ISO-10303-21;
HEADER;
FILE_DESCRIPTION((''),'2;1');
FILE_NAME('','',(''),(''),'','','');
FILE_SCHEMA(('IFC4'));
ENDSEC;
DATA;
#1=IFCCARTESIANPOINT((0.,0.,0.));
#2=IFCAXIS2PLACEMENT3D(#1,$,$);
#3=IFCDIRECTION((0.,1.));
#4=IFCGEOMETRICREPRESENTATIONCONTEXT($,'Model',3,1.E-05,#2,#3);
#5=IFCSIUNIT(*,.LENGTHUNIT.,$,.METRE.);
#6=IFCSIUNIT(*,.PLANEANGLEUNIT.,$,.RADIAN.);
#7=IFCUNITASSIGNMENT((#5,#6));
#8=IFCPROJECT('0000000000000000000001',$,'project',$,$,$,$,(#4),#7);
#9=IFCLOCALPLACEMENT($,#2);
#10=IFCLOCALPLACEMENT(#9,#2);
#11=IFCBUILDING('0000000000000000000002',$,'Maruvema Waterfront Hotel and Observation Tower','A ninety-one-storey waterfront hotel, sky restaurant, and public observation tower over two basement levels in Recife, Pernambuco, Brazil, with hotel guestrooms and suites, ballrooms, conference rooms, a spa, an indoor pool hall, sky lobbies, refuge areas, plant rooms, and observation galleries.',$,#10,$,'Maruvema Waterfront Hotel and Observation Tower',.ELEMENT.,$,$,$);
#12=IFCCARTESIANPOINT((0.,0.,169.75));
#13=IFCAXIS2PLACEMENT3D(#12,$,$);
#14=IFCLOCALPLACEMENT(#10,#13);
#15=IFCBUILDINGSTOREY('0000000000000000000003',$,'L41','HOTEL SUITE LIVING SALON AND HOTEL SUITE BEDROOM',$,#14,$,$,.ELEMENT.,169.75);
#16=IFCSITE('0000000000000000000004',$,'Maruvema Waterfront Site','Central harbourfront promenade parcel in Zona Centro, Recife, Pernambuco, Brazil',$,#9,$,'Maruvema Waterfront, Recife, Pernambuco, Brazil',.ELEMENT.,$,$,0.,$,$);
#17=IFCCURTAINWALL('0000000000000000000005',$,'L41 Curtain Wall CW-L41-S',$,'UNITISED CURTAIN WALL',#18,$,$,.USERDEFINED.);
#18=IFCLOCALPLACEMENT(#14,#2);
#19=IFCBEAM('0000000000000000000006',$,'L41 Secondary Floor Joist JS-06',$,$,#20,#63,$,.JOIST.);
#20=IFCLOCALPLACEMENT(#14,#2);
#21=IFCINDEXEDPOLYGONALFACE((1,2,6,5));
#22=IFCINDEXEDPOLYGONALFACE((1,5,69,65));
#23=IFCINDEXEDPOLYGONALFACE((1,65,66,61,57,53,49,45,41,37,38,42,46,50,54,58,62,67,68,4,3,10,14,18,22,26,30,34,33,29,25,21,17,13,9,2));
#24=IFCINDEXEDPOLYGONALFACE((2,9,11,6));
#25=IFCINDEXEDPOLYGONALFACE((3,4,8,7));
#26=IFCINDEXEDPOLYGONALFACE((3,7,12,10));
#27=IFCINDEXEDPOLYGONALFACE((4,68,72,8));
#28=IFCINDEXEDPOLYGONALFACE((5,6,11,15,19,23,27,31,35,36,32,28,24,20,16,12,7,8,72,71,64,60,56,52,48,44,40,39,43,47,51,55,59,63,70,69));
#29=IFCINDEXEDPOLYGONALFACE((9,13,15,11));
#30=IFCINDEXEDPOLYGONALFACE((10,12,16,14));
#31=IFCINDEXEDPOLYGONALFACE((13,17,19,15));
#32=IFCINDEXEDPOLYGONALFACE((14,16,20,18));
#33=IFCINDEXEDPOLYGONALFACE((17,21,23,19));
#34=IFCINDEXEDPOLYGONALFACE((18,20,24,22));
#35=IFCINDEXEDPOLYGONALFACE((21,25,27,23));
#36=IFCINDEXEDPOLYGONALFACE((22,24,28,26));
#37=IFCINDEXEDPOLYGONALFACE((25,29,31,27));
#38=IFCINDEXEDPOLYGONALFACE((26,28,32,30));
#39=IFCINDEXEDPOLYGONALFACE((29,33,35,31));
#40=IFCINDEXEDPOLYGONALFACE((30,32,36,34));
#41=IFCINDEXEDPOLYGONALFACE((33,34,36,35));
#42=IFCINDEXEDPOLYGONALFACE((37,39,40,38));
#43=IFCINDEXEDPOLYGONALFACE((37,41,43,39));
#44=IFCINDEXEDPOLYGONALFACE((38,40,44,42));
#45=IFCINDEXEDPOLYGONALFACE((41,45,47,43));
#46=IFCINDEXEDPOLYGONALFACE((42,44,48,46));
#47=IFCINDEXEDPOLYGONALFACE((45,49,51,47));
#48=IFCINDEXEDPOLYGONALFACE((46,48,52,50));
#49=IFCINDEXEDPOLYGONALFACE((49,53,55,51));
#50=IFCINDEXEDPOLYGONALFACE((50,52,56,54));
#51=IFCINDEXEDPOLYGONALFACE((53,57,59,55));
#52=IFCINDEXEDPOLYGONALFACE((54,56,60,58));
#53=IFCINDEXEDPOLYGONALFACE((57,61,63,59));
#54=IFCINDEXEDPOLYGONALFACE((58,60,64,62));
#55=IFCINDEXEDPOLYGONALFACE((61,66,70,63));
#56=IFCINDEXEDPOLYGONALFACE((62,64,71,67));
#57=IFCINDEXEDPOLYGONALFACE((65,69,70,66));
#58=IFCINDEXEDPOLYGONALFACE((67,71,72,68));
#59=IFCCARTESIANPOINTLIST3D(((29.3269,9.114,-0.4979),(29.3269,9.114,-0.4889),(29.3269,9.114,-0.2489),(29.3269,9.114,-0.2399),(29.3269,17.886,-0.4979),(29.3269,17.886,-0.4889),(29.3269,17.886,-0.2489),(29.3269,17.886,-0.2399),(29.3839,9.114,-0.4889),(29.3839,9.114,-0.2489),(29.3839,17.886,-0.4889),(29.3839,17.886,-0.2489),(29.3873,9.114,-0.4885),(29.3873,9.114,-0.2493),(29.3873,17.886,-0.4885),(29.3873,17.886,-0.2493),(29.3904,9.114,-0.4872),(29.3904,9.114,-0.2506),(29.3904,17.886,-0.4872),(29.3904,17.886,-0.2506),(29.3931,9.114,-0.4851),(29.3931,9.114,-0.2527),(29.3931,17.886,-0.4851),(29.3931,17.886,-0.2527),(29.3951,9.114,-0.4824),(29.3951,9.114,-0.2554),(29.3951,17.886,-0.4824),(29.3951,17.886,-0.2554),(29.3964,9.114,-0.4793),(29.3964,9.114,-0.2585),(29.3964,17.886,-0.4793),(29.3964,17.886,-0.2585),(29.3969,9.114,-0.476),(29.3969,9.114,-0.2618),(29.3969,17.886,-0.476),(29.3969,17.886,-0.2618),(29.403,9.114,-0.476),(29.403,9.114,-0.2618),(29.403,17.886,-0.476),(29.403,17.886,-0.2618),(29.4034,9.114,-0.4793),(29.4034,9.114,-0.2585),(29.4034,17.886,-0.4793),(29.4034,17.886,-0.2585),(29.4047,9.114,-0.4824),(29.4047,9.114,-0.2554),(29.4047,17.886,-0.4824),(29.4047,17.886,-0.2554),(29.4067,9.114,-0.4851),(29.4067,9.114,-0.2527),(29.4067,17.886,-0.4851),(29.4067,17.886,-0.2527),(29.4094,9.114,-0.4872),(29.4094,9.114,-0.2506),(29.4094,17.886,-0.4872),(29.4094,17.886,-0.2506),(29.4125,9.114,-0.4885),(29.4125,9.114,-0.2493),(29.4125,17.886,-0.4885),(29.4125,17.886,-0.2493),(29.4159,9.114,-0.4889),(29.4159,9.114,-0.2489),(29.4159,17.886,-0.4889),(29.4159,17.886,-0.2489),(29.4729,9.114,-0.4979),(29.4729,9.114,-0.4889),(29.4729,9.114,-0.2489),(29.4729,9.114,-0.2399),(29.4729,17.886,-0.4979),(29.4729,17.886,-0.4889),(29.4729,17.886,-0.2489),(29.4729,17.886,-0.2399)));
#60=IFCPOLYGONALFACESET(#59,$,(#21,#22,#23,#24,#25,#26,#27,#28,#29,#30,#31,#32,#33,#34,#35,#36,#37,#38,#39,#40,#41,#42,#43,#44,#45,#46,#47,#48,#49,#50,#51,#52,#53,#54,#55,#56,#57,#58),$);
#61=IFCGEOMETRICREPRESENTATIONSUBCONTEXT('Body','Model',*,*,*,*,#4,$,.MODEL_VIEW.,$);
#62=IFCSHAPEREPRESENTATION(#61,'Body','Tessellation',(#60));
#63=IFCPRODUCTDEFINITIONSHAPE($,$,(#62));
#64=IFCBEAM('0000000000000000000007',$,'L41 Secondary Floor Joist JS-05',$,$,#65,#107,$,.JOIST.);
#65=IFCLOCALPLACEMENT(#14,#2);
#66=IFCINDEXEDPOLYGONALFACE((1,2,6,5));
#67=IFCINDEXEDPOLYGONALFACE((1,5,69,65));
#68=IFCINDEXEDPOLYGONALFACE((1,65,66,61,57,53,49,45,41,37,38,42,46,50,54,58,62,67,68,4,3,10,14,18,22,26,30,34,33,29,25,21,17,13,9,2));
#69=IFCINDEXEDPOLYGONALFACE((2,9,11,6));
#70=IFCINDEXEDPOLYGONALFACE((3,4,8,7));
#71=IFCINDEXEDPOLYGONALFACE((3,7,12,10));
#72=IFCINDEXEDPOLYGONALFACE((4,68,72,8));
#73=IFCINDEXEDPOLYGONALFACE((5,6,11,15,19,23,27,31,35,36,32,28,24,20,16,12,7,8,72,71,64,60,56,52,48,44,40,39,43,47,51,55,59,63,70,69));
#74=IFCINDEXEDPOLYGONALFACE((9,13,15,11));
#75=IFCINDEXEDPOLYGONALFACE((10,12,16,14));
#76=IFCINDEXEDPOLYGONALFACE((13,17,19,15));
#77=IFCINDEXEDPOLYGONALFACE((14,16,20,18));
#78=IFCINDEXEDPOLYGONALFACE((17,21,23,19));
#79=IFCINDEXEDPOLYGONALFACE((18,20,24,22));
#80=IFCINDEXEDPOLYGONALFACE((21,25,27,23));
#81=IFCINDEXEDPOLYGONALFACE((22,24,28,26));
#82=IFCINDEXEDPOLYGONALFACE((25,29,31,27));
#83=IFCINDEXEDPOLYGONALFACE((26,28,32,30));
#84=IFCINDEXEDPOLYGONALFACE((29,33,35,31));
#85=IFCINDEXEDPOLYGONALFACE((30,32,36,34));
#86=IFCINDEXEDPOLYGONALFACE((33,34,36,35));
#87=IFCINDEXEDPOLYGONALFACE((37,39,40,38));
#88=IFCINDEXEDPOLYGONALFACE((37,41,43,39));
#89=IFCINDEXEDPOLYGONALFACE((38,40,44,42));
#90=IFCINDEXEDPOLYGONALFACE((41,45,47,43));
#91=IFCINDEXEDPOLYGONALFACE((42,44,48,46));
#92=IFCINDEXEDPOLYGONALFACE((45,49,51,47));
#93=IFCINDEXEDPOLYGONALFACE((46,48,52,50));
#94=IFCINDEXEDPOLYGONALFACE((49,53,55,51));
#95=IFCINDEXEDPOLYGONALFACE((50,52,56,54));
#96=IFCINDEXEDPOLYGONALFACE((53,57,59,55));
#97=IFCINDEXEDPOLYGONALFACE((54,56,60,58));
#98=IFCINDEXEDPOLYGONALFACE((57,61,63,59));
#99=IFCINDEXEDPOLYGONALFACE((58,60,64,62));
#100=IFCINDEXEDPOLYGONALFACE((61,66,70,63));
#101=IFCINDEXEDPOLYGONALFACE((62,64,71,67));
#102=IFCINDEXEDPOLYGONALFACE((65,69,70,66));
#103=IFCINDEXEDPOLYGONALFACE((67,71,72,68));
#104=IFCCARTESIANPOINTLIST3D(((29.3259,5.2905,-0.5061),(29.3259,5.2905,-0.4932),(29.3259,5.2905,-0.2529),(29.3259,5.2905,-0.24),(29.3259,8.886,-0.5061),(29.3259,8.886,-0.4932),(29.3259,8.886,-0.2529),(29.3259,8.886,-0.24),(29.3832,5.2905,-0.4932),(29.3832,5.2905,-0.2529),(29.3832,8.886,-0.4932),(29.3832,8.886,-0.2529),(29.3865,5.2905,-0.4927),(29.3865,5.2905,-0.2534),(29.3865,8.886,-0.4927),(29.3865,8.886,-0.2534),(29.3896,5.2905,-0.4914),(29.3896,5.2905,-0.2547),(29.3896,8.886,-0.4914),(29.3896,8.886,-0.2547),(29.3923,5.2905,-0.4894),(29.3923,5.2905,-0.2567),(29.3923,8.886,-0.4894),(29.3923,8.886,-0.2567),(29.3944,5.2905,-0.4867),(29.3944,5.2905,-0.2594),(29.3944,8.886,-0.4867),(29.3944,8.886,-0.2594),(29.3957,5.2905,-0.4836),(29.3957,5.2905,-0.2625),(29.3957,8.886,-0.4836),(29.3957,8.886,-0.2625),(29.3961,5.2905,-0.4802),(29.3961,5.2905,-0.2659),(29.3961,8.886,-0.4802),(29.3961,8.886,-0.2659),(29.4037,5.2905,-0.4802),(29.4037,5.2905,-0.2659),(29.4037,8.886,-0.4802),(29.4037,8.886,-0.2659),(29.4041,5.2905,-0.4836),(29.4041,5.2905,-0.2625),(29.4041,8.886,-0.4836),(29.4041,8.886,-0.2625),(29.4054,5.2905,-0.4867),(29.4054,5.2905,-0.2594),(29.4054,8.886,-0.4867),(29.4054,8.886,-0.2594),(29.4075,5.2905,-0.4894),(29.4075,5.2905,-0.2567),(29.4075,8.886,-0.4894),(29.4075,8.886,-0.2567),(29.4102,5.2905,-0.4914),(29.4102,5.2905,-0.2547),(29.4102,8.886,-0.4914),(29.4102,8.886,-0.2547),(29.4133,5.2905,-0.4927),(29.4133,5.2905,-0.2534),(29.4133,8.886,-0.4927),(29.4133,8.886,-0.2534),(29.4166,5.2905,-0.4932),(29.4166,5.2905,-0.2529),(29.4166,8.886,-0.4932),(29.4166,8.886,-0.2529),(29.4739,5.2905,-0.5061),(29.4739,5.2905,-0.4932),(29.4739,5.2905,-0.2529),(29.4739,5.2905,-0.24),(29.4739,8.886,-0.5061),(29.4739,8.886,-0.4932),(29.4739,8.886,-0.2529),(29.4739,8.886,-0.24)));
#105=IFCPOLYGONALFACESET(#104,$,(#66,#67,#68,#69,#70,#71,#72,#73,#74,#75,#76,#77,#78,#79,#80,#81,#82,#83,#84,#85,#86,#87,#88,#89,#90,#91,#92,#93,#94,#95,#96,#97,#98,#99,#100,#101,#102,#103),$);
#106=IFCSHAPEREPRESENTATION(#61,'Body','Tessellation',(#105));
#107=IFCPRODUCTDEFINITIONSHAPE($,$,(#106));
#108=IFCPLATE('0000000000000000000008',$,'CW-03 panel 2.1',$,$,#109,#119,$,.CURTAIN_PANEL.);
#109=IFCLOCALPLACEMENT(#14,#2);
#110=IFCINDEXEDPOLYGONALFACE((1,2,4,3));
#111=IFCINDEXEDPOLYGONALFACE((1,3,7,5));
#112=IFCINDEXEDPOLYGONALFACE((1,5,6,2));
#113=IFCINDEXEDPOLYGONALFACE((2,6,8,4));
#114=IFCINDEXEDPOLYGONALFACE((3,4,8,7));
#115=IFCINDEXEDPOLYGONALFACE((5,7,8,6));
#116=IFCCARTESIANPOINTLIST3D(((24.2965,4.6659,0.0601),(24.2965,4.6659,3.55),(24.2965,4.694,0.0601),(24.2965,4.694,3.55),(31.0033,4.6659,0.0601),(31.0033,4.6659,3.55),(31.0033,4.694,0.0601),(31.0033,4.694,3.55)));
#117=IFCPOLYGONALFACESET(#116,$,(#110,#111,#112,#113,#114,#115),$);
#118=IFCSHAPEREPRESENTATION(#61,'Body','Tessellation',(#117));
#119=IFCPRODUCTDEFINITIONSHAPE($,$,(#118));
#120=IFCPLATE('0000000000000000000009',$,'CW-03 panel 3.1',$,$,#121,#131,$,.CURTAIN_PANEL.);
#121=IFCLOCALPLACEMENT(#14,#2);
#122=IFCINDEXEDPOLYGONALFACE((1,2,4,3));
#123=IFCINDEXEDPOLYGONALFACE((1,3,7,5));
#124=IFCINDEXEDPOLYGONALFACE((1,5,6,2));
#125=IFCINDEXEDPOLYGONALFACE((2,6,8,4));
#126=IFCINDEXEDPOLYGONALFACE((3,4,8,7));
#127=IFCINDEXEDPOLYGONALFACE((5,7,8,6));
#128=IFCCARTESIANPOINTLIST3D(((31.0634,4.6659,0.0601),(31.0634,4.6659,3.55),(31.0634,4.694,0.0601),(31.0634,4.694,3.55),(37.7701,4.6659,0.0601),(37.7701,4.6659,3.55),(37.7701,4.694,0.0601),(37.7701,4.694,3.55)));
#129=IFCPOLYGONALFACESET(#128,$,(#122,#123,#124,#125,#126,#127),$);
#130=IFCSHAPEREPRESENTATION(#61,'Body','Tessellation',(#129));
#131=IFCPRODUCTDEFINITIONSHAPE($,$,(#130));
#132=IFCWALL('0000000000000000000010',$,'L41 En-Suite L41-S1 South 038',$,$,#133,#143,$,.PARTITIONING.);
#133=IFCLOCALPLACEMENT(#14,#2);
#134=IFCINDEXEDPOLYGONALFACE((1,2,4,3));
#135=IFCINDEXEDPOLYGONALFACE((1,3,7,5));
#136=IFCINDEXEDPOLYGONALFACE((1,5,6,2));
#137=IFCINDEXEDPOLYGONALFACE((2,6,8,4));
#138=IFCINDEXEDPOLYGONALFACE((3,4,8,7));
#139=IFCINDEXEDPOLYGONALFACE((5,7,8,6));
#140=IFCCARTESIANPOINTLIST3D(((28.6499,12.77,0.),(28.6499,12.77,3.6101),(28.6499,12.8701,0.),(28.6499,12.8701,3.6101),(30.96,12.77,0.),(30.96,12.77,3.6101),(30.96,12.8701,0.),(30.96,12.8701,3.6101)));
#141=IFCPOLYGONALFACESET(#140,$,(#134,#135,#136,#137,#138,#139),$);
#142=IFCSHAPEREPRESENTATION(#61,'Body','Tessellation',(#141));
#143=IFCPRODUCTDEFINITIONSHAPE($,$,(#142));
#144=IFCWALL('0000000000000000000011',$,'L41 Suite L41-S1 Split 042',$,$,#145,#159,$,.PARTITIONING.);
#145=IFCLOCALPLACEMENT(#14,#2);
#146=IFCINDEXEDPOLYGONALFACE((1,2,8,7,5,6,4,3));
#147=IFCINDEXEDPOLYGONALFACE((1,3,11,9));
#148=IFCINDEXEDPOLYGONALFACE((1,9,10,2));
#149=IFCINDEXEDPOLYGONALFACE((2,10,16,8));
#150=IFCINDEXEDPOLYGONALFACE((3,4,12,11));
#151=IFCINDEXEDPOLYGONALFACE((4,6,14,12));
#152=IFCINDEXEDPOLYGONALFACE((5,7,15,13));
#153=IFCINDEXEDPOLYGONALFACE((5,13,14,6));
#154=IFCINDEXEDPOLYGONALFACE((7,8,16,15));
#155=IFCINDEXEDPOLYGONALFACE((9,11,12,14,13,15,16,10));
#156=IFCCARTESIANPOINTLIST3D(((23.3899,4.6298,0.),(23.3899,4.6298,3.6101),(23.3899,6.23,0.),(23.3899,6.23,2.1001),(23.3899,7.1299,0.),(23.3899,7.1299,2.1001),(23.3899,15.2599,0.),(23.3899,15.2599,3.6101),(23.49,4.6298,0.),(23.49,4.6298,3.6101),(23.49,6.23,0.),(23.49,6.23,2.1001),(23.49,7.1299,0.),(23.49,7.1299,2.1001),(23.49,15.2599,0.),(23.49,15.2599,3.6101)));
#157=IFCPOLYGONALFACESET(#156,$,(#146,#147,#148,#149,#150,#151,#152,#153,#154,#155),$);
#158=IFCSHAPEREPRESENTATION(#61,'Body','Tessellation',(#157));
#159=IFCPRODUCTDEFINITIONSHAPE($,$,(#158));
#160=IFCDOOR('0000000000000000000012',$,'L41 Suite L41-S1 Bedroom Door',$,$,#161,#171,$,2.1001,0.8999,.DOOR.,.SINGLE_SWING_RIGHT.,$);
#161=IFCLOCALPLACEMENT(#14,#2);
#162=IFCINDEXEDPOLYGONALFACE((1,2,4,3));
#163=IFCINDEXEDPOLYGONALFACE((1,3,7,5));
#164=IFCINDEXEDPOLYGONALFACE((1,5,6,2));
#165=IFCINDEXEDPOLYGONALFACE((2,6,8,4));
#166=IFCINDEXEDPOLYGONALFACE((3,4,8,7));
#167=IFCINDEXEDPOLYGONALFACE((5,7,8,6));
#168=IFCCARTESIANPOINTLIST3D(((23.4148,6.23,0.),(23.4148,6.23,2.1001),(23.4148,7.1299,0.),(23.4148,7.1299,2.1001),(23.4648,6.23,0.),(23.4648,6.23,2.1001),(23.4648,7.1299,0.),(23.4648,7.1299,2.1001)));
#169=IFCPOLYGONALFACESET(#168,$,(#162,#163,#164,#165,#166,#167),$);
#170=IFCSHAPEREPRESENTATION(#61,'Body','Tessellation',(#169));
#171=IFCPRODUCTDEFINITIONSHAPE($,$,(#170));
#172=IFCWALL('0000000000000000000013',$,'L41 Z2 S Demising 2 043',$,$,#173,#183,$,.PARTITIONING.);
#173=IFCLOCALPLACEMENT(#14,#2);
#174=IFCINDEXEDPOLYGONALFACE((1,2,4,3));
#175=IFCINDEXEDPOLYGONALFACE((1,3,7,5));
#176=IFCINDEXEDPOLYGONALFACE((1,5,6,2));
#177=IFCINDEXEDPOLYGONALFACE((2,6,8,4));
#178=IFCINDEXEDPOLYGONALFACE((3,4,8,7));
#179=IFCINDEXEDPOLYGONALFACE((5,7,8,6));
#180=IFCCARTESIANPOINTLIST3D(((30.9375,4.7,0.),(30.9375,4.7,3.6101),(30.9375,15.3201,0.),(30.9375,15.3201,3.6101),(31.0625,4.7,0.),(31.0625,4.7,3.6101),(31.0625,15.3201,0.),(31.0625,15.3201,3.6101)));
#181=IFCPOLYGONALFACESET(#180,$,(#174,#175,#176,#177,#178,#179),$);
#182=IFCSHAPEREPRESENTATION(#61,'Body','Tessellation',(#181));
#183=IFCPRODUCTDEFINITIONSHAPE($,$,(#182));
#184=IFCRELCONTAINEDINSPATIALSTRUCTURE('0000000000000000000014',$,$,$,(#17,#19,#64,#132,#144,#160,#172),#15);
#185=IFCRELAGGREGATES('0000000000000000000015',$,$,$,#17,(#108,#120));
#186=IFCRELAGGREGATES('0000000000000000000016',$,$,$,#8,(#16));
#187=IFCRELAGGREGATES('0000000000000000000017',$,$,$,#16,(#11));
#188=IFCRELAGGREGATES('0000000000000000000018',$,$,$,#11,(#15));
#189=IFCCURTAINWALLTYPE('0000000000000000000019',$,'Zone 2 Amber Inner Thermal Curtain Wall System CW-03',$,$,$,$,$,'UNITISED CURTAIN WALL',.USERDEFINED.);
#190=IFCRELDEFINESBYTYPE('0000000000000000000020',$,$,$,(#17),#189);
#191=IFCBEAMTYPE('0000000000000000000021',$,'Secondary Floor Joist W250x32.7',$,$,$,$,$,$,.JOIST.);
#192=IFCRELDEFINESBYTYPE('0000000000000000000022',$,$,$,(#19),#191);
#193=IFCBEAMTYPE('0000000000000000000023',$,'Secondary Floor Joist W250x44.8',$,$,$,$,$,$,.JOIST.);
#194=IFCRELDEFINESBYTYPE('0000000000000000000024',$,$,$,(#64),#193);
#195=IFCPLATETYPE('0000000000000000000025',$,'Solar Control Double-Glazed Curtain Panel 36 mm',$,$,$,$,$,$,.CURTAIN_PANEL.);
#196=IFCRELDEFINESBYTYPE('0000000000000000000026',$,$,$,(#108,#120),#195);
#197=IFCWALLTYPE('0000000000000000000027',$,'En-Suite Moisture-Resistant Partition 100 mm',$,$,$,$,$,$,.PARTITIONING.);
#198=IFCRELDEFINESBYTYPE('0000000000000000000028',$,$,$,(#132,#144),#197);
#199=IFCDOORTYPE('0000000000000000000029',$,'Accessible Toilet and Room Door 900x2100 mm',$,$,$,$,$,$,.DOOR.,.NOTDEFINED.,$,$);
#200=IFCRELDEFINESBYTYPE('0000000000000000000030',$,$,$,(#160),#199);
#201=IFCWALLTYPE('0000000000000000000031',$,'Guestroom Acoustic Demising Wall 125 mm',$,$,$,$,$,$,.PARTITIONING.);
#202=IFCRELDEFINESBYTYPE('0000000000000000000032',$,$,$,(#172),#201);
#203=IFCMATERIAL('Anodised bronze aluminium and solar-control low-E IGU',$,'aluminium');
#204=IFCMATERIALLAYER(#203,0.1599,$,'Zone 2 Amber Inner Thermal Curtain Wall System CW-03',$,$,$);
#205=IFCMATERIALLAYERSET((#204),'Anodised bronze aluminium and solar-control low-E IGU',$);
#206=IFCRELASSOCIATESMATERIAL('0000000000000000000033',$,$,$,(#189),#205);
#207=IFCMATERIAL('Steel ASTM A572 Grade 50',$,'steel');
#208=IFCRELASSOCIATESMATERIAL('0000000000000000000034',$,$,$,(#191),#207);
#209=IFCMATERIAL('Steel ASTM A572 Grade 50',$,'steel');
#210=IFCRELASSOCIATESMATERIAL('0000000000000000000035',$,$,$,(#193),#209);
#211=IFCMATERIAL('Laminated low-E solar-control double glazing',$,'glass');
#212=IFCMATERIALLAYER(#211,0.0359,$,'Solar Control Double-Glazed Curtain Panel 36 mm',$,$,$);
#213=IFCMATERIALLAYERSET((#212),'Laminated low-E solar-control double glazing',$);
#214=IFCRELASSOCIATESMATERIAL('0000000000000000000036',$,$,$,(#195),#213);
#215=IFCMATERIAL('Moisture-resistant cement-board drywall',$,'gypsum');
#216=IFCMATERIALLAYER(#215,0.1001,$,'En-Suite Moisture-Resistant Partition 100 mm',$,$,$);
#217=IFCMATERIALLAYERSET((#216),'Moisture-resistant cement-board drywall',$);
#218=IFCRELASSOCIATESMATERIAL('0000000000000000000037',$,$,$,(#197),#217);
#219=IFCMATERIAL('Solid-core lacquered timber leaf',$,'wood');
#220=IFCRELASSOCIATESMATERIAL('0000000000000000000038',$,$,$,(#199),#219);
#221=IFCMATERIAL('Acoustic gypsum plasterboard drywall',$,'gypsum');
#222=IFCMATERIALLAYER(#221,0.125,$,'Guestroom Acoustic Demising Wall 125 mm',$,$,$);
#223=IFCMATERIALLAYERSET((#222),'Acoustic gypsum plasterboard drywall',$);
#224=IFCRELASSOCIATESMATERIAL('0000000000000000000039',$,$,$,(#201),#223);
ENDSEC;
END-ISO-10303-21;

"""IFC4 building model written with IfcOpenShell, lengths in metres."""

from ifc_helpers import new_model, si_unit, direction, frame, frame_2d, origin, origin_2d, place, context, subcontext, project, spatial, rectangle, i_section, extrude, material, layer, layer_set, material_profile, profile_set, type_object, element, fill, aggregate, save


model = new_model("IFC4")

# Units and contexts
model_context = context("Model", 3, precision=1e-05, world=origin(), true_north=direction((0.0, 1.0)))
body_context = subcontext(model_context, "Body", "Model", "MODEL_VIEW")
ifc_project = project(units=[si_unit("LENGTHUNIT", "METRE"), si_unit("PLANEANGLEUNIT", "RADIAN")], contexts=[model_context])

# Site, building, storey
site_placement = place(None, origin())
site = spatial("IfcSite", under=ifc_project, at=site_placement, Name="Maruvema Waterfront Site", Description="Central harbourfront promenade parcel in Zona Centro, Recife, Pernambuco, Brazil", LongName="Maruvema Waterfront, Recife, Pernambuco, Brazil", CompositionType="ELEMENT", RefElevation=0.0)
building_placement = place(site_placement, origin())
building = spatial("IfcBuilding", under=site, at=building_placement, Name="Maruvema Waterfront Hotel and Observation Tower", Description="A ninety-one-storey waterfront hotel, sky restaurant, and public observation tower over two basement levels in Recife, Pernambuco, Brazil, with hotel guestrooms and suites, ballrooms, conference rooms, a spa, an indoor pool hall, sky lobbies, refuge areas, plant rooms, and observation galleries.", LongName="Maruvema Waterfront Hotel and Observation Tower", CompositionType="ELEMENT")
storey_placement = place(building_placement, frame((0.0, 0.0, 169.75)))
storey = spatial("IfcBuildingStorey", under=building, at=storey_placement, Name="L41", Description="HOTEL SUITE LIVING SALON AND HOTEL SUITE BEDROOM", CompositionType="ELEMENT", Elevation=169.75)

# Curtain wall
ifc_material_1 = material(Name="Anodised bronze aluminium and solar-control low-E IGU", Category="aluminium")
ifc_layer_1 = layer(ifc_material_1, 0.1599, Name="Zone 2 Amber Inner Thermal Curtain Wall System CW-03")
ifc_layer_set_1 = layer_set([ifc_layer_1], Name="Anodised bronze aluminium and solar-control low-E IGU")
curtain_wall_type = type_object("IfcCurtainWallType", Name="Zone 2 Amber Inner Thermal Curtain Wall System CW-03", ElementType="UNITISED CURTAIN WALL", PredefinedType="USERDEFINED", material=ifc_layer_set_1)
curtain_wall_placement = place(storey_placement, origin())
curtain_wall = element("IfcCurtainWall", 1, at=curtain_wall_placement, inside=storey, type_object=curtain_wall_type, Name="L41 Curtain Wall CW-L41-S", ObjectType="UNITISED CURTAIN WALL", PredefinedType="USERDEFINED")

# Beams
ifc_material_2 = material(Name="Steel ASTM A572 Grade 50", Category="steel")
ifc_material_profile_1 = material_profile(ifc_material_2, i_section(OverallWidth=0.146, OverallDepth=0.2581, WebThickness=0.0061, FlangeThickness=0.009, FilletRadius=0.0129, at=origin_2d()), Name="W250x32.7")
ifc_profile_set_1 = profile_set([ifc_material_profile_1], Name="Steel ASTM A572 Grade 50")
beam_type_1 = type_object("IfcBeamType", Name="Secondary Floor Joist W250x32.7", PredefinedType="JOIST", material=ifc_profile_set_1)
beam_1_placement = place(storey_placement, frame((29.3999, 9.114, -0.3689), z_axis=(0.0, 1.0, 0.0), x_axis=(-1.0, 0.0, 0.0)))
element("IfcBeam", 2, at=beam_1_placement, inside=storey, type_object=beam_type_1, Name="L41 Secondary Floor Joist JS-06", PredefinedType="JOIST", context=body_context, shape_type="SweptSolid", body=[
    extrude(i_section(OverallWidth=0.146, OverallDepth=0.2581, WebThickness=0.0061, FlangeThickness=0.009, FilletRadius=0.0129, at=origin_2d()), origin(), (0.0, 0.0, 1.0), 8.772),
])
ifc_material_3 = material(Name="Steel ASTM A572 Grade 50", Category="steel")
ifc_material_profile_2 = material_profile(ifc_material_3, i_section(OverallWidth=0.1479, OverallDepth=0.2661, WebThickness=0.0076, FlangeThickness=0.0129, FilletRadius=0.0129, at=origin_2d()), Name="W250x44.8")
ifc_profile_set_2 = profile_set([ifc_material_profile_2], Name="Steel ASTM A572 Grade 50")
beam_type_2 = type_object("IfcBeamType", Name="Secondary Floor Joist W250x44.8", PredefinedType="JOIST", material=ifc_profile_set_2)
beam_2_placement = place(storey_placement, frame((29.3999, 5.2905, -0.373), z_axis=(0.0, 1.0, 0.0), x_axis=(-1.0, 0.0, 0.0)))
element("IfcBeam", 3, at=beam_2_placement, inside=storey, type_object=beam_type_2, Name="L41 Secondary Floor Joist JS-05", PredefinedType="JOIST", context=body_context, shape_type="SweptSolid", body=[
    extrude(i_section(OverallWidth=0.1479, OverallDepth=0.2661, WebThickness=0.0076, FlangeThickness=0.0129, FilletRadius=0.0129, at=origin_2d()), origin(), (0.0, 0.0, 1.0), 3.5955),
])

# Plates
ifc_material_4 = material(Name="Laminated low-E solar-control double glazing", Category="glass")
ifc_layer_2 = layer(ifc_material_4, 0.0359, Name="Solar Control Double-Glazed Curtain Panel 36 mm")
ifc_layer_set_2 = layer_set([ifc_layer_2], Name="Laminated low-E solar-control double glazing")
plate_type = type_object("IfcPlateType", Name="Solar Control Double-Glazed Curtain Panel 36 mm", PredefinedType="CURTAIN_PANEL", material=ifc_layer_set_2)
plate_1_placement = place(storey_placement, frame((27.6499, 4.6799, 0.0601), z_axis=(0.0, 0.0, 1.0), x_axis=(1.0, 0.0, 0.0)))
plate_1 = element("IfcPlate", 4, at=plate_1_placement, type_object=plate_type, Name="CW-03 panel 2.1", PredefinedType="CURTAIN_PANEL", context=body_context, shape_type="SweptSolid", body=[
    extrude(rectangle(XDim=6.7068, YDim=0.0281, at=origin_2d()), origin(), (0.0, 0.0, 1.0), 3.49),
])
plate_2_placement = place(storey_placement, frame((34.4167, 4.6799, 0.0601), z_axis=(0.0, 0.0, 1.0), x_axis=(1.0, 0.0, 0.0)))
plate_2 = element("IfcPlate", 5, at=plate_2_placement, type_object=plate_type, Name="CW-03 panel 3.1", PredefinedType="CURTAIN_PANEL", context=body_context, shape_type="SweptSolid", body=[
    extrude(rectangle(XDim=6.7068, YDim=0.0281, at=origin_2d()), origin(), (0.0, 0.0, 1.0), 3.49),
])
aggregate(curtain_wall, [plate_1, plate_2])

# Wall
ifc_material_5 = material(Name="Moisture-resistant cement-board drywall", Category="gypsum")
ifc_layer_3 = layer(ifc_material_5, 0.1001, Name="En-Suite Moisture-Resistant Partition 100 mm")
ifc_layer_set_3 = layer_set([ifc_layer_3], Name="Moisture-resistant cement-board drywall")
wall_type_1 = type_object("IfcWallType", Name="En-Suite Moisture-Resistant Partition 100 mm", PredefinedType="PARTITIONING", material=ifc_layer_set_3)
wall_1_placement = place(storey_placement, frame((28.6499, 12.8201, 0.0), z_axis=(0.0, 0.0, 1.0), x_axis=(1.0, 0.0, 0.0)))
element("IfcWall", 6, at=wall_1_placement, inside=storey, type_object=wall_type_1, Name="L41 En-Suite L41-S1 South 038", PredefinedType="PARTITIONING", context=body_context, shape_type="SweptSolid", body=[
    extrude(rectangle(XDim=2.3101, YDim=0.1001, at=frame_2d((1.155, 0.0))), origin(), (0.0, 0.0, 1.0), 3.6101),
])

# Wall, opening, door
wall_2_placement = place(storey_placement, frame((23.4399, 4.6299, 0.0), z_axis=(0.0, 0.0, 1.0), x_axis=(0.0, 1.0, 0.0)))
wall_2 = element("IfcWall", 7, at=wall_2_placement, inside=storey, type_object=wall_type_1, Name="L41 Suite L41-S1 Split 042", PredefinedType="PARTITIONING", context=body_context, shape_type="SweptSolid", body=[
    extrude(rectangle(XDim=10.6301, YDim=0.1001, at=frame_2d((5.3149, 0.0))), origin(), (0.0, 0.0, 1.0), 3.6101),
])
opening_placement = place(wall_2_placement, frame((1.6001, 0.0, 0.0)))
opening = element("IfcOpeningElement", 8, at=opening_placement, cuts=wall_2, PredefinedType="OPENING", context=body_context, shape_type="SweptSolid", body=[
    extrude(rectangle(XDim=0.8999, YDim=2.1001, at=frame_2d((0.45, 1.05))), frame((0.0, 0.0601, 0.0), z_axis=(0.0, -1.0, 0.0), x_axis=(1.0, 0.0, 0.0)), (0.0, 0.0, 1.0), 0.1201),
])
ifc_material_6 = material(Name="Solid-core lacquered timber leaf", Category="wood")
door_type = type_object("IfcDoorType", Name="Accessible Toilet and Room Door 900x2100 mm", OperationType="NOTDEFINED", PredefinedType="DOOR", material=ifc_material_6)
door_placement = place(opening_placement, frame((0.8999, 0.0, 0.0), z_axis=(0.0, 0.0, 1.0), x_axis=(-1.0, 0.0, 0.0)))
door = element("IfcDoor", 9, at=door_placement, inside=storey, type_object=door_type, Name="L41 Suite L41-S1 Bedroom Door", OperationType="SINGLE_SWING_RIGHT", OverallHeight=2.1001, OverallWidth=0.8999, PredefinedType="DOOR", context=body_context, shape_type="SweptSolid", body=[
    extrude(rectangle(XDim=0.8999, YDim=2.1001, at=frame_2d((0.45, 1.05))), frame((0.0, 0.0249, 0.0), z_axis=(0.0, -1.0, 0.0), x_axis=(1.0, 0.0, 0.0)), (0.0, 0.0, 1.0), 0.05),
])
fill(opening, door)

# Wall
ifc_material_7 = material(Name="Acoustic gypsum plasterboard drywall", Category="gypsum")
ifc_layer_4 = layer(ifc_material_7, 0.125, Name="Guestroom Acoustic Demising Wall 125 mm")
ifc_layer_set_4 = layer_set([ifc_layer_4], Name="Acoustic gypsum plasterboard drywall")
wall_type_2 = type_object("IfcWallType", Name="Guestroom Acoustic Demising Wall 125 mm", PredefinedType="PARTITIONING", material=ifc_layer_set_4)
wall_3_placement = place(storey_placement, frame((31.0, 4.7, 0.0), z_axis=(0.0, 0.0, 1.0), x_axis=(0.0, 1.0, 0.0)))
element("IfcWall", 10, at=wall_3_placement, inside=storey, type_object=wall_type_2, Name="L41 Z2 S Demising 2 043", PredefinedType="PARTITIONING", context=body_context, shape_type="SweptSolid", body=[
    extrude(rectangle(XDim=10.6201, YDim=0.125, at=frame_2d((5.3101, 0.0))), origin(), (0.0, 0.0, 1.0), 3.6101),
])

save(model, "model.ifc")
